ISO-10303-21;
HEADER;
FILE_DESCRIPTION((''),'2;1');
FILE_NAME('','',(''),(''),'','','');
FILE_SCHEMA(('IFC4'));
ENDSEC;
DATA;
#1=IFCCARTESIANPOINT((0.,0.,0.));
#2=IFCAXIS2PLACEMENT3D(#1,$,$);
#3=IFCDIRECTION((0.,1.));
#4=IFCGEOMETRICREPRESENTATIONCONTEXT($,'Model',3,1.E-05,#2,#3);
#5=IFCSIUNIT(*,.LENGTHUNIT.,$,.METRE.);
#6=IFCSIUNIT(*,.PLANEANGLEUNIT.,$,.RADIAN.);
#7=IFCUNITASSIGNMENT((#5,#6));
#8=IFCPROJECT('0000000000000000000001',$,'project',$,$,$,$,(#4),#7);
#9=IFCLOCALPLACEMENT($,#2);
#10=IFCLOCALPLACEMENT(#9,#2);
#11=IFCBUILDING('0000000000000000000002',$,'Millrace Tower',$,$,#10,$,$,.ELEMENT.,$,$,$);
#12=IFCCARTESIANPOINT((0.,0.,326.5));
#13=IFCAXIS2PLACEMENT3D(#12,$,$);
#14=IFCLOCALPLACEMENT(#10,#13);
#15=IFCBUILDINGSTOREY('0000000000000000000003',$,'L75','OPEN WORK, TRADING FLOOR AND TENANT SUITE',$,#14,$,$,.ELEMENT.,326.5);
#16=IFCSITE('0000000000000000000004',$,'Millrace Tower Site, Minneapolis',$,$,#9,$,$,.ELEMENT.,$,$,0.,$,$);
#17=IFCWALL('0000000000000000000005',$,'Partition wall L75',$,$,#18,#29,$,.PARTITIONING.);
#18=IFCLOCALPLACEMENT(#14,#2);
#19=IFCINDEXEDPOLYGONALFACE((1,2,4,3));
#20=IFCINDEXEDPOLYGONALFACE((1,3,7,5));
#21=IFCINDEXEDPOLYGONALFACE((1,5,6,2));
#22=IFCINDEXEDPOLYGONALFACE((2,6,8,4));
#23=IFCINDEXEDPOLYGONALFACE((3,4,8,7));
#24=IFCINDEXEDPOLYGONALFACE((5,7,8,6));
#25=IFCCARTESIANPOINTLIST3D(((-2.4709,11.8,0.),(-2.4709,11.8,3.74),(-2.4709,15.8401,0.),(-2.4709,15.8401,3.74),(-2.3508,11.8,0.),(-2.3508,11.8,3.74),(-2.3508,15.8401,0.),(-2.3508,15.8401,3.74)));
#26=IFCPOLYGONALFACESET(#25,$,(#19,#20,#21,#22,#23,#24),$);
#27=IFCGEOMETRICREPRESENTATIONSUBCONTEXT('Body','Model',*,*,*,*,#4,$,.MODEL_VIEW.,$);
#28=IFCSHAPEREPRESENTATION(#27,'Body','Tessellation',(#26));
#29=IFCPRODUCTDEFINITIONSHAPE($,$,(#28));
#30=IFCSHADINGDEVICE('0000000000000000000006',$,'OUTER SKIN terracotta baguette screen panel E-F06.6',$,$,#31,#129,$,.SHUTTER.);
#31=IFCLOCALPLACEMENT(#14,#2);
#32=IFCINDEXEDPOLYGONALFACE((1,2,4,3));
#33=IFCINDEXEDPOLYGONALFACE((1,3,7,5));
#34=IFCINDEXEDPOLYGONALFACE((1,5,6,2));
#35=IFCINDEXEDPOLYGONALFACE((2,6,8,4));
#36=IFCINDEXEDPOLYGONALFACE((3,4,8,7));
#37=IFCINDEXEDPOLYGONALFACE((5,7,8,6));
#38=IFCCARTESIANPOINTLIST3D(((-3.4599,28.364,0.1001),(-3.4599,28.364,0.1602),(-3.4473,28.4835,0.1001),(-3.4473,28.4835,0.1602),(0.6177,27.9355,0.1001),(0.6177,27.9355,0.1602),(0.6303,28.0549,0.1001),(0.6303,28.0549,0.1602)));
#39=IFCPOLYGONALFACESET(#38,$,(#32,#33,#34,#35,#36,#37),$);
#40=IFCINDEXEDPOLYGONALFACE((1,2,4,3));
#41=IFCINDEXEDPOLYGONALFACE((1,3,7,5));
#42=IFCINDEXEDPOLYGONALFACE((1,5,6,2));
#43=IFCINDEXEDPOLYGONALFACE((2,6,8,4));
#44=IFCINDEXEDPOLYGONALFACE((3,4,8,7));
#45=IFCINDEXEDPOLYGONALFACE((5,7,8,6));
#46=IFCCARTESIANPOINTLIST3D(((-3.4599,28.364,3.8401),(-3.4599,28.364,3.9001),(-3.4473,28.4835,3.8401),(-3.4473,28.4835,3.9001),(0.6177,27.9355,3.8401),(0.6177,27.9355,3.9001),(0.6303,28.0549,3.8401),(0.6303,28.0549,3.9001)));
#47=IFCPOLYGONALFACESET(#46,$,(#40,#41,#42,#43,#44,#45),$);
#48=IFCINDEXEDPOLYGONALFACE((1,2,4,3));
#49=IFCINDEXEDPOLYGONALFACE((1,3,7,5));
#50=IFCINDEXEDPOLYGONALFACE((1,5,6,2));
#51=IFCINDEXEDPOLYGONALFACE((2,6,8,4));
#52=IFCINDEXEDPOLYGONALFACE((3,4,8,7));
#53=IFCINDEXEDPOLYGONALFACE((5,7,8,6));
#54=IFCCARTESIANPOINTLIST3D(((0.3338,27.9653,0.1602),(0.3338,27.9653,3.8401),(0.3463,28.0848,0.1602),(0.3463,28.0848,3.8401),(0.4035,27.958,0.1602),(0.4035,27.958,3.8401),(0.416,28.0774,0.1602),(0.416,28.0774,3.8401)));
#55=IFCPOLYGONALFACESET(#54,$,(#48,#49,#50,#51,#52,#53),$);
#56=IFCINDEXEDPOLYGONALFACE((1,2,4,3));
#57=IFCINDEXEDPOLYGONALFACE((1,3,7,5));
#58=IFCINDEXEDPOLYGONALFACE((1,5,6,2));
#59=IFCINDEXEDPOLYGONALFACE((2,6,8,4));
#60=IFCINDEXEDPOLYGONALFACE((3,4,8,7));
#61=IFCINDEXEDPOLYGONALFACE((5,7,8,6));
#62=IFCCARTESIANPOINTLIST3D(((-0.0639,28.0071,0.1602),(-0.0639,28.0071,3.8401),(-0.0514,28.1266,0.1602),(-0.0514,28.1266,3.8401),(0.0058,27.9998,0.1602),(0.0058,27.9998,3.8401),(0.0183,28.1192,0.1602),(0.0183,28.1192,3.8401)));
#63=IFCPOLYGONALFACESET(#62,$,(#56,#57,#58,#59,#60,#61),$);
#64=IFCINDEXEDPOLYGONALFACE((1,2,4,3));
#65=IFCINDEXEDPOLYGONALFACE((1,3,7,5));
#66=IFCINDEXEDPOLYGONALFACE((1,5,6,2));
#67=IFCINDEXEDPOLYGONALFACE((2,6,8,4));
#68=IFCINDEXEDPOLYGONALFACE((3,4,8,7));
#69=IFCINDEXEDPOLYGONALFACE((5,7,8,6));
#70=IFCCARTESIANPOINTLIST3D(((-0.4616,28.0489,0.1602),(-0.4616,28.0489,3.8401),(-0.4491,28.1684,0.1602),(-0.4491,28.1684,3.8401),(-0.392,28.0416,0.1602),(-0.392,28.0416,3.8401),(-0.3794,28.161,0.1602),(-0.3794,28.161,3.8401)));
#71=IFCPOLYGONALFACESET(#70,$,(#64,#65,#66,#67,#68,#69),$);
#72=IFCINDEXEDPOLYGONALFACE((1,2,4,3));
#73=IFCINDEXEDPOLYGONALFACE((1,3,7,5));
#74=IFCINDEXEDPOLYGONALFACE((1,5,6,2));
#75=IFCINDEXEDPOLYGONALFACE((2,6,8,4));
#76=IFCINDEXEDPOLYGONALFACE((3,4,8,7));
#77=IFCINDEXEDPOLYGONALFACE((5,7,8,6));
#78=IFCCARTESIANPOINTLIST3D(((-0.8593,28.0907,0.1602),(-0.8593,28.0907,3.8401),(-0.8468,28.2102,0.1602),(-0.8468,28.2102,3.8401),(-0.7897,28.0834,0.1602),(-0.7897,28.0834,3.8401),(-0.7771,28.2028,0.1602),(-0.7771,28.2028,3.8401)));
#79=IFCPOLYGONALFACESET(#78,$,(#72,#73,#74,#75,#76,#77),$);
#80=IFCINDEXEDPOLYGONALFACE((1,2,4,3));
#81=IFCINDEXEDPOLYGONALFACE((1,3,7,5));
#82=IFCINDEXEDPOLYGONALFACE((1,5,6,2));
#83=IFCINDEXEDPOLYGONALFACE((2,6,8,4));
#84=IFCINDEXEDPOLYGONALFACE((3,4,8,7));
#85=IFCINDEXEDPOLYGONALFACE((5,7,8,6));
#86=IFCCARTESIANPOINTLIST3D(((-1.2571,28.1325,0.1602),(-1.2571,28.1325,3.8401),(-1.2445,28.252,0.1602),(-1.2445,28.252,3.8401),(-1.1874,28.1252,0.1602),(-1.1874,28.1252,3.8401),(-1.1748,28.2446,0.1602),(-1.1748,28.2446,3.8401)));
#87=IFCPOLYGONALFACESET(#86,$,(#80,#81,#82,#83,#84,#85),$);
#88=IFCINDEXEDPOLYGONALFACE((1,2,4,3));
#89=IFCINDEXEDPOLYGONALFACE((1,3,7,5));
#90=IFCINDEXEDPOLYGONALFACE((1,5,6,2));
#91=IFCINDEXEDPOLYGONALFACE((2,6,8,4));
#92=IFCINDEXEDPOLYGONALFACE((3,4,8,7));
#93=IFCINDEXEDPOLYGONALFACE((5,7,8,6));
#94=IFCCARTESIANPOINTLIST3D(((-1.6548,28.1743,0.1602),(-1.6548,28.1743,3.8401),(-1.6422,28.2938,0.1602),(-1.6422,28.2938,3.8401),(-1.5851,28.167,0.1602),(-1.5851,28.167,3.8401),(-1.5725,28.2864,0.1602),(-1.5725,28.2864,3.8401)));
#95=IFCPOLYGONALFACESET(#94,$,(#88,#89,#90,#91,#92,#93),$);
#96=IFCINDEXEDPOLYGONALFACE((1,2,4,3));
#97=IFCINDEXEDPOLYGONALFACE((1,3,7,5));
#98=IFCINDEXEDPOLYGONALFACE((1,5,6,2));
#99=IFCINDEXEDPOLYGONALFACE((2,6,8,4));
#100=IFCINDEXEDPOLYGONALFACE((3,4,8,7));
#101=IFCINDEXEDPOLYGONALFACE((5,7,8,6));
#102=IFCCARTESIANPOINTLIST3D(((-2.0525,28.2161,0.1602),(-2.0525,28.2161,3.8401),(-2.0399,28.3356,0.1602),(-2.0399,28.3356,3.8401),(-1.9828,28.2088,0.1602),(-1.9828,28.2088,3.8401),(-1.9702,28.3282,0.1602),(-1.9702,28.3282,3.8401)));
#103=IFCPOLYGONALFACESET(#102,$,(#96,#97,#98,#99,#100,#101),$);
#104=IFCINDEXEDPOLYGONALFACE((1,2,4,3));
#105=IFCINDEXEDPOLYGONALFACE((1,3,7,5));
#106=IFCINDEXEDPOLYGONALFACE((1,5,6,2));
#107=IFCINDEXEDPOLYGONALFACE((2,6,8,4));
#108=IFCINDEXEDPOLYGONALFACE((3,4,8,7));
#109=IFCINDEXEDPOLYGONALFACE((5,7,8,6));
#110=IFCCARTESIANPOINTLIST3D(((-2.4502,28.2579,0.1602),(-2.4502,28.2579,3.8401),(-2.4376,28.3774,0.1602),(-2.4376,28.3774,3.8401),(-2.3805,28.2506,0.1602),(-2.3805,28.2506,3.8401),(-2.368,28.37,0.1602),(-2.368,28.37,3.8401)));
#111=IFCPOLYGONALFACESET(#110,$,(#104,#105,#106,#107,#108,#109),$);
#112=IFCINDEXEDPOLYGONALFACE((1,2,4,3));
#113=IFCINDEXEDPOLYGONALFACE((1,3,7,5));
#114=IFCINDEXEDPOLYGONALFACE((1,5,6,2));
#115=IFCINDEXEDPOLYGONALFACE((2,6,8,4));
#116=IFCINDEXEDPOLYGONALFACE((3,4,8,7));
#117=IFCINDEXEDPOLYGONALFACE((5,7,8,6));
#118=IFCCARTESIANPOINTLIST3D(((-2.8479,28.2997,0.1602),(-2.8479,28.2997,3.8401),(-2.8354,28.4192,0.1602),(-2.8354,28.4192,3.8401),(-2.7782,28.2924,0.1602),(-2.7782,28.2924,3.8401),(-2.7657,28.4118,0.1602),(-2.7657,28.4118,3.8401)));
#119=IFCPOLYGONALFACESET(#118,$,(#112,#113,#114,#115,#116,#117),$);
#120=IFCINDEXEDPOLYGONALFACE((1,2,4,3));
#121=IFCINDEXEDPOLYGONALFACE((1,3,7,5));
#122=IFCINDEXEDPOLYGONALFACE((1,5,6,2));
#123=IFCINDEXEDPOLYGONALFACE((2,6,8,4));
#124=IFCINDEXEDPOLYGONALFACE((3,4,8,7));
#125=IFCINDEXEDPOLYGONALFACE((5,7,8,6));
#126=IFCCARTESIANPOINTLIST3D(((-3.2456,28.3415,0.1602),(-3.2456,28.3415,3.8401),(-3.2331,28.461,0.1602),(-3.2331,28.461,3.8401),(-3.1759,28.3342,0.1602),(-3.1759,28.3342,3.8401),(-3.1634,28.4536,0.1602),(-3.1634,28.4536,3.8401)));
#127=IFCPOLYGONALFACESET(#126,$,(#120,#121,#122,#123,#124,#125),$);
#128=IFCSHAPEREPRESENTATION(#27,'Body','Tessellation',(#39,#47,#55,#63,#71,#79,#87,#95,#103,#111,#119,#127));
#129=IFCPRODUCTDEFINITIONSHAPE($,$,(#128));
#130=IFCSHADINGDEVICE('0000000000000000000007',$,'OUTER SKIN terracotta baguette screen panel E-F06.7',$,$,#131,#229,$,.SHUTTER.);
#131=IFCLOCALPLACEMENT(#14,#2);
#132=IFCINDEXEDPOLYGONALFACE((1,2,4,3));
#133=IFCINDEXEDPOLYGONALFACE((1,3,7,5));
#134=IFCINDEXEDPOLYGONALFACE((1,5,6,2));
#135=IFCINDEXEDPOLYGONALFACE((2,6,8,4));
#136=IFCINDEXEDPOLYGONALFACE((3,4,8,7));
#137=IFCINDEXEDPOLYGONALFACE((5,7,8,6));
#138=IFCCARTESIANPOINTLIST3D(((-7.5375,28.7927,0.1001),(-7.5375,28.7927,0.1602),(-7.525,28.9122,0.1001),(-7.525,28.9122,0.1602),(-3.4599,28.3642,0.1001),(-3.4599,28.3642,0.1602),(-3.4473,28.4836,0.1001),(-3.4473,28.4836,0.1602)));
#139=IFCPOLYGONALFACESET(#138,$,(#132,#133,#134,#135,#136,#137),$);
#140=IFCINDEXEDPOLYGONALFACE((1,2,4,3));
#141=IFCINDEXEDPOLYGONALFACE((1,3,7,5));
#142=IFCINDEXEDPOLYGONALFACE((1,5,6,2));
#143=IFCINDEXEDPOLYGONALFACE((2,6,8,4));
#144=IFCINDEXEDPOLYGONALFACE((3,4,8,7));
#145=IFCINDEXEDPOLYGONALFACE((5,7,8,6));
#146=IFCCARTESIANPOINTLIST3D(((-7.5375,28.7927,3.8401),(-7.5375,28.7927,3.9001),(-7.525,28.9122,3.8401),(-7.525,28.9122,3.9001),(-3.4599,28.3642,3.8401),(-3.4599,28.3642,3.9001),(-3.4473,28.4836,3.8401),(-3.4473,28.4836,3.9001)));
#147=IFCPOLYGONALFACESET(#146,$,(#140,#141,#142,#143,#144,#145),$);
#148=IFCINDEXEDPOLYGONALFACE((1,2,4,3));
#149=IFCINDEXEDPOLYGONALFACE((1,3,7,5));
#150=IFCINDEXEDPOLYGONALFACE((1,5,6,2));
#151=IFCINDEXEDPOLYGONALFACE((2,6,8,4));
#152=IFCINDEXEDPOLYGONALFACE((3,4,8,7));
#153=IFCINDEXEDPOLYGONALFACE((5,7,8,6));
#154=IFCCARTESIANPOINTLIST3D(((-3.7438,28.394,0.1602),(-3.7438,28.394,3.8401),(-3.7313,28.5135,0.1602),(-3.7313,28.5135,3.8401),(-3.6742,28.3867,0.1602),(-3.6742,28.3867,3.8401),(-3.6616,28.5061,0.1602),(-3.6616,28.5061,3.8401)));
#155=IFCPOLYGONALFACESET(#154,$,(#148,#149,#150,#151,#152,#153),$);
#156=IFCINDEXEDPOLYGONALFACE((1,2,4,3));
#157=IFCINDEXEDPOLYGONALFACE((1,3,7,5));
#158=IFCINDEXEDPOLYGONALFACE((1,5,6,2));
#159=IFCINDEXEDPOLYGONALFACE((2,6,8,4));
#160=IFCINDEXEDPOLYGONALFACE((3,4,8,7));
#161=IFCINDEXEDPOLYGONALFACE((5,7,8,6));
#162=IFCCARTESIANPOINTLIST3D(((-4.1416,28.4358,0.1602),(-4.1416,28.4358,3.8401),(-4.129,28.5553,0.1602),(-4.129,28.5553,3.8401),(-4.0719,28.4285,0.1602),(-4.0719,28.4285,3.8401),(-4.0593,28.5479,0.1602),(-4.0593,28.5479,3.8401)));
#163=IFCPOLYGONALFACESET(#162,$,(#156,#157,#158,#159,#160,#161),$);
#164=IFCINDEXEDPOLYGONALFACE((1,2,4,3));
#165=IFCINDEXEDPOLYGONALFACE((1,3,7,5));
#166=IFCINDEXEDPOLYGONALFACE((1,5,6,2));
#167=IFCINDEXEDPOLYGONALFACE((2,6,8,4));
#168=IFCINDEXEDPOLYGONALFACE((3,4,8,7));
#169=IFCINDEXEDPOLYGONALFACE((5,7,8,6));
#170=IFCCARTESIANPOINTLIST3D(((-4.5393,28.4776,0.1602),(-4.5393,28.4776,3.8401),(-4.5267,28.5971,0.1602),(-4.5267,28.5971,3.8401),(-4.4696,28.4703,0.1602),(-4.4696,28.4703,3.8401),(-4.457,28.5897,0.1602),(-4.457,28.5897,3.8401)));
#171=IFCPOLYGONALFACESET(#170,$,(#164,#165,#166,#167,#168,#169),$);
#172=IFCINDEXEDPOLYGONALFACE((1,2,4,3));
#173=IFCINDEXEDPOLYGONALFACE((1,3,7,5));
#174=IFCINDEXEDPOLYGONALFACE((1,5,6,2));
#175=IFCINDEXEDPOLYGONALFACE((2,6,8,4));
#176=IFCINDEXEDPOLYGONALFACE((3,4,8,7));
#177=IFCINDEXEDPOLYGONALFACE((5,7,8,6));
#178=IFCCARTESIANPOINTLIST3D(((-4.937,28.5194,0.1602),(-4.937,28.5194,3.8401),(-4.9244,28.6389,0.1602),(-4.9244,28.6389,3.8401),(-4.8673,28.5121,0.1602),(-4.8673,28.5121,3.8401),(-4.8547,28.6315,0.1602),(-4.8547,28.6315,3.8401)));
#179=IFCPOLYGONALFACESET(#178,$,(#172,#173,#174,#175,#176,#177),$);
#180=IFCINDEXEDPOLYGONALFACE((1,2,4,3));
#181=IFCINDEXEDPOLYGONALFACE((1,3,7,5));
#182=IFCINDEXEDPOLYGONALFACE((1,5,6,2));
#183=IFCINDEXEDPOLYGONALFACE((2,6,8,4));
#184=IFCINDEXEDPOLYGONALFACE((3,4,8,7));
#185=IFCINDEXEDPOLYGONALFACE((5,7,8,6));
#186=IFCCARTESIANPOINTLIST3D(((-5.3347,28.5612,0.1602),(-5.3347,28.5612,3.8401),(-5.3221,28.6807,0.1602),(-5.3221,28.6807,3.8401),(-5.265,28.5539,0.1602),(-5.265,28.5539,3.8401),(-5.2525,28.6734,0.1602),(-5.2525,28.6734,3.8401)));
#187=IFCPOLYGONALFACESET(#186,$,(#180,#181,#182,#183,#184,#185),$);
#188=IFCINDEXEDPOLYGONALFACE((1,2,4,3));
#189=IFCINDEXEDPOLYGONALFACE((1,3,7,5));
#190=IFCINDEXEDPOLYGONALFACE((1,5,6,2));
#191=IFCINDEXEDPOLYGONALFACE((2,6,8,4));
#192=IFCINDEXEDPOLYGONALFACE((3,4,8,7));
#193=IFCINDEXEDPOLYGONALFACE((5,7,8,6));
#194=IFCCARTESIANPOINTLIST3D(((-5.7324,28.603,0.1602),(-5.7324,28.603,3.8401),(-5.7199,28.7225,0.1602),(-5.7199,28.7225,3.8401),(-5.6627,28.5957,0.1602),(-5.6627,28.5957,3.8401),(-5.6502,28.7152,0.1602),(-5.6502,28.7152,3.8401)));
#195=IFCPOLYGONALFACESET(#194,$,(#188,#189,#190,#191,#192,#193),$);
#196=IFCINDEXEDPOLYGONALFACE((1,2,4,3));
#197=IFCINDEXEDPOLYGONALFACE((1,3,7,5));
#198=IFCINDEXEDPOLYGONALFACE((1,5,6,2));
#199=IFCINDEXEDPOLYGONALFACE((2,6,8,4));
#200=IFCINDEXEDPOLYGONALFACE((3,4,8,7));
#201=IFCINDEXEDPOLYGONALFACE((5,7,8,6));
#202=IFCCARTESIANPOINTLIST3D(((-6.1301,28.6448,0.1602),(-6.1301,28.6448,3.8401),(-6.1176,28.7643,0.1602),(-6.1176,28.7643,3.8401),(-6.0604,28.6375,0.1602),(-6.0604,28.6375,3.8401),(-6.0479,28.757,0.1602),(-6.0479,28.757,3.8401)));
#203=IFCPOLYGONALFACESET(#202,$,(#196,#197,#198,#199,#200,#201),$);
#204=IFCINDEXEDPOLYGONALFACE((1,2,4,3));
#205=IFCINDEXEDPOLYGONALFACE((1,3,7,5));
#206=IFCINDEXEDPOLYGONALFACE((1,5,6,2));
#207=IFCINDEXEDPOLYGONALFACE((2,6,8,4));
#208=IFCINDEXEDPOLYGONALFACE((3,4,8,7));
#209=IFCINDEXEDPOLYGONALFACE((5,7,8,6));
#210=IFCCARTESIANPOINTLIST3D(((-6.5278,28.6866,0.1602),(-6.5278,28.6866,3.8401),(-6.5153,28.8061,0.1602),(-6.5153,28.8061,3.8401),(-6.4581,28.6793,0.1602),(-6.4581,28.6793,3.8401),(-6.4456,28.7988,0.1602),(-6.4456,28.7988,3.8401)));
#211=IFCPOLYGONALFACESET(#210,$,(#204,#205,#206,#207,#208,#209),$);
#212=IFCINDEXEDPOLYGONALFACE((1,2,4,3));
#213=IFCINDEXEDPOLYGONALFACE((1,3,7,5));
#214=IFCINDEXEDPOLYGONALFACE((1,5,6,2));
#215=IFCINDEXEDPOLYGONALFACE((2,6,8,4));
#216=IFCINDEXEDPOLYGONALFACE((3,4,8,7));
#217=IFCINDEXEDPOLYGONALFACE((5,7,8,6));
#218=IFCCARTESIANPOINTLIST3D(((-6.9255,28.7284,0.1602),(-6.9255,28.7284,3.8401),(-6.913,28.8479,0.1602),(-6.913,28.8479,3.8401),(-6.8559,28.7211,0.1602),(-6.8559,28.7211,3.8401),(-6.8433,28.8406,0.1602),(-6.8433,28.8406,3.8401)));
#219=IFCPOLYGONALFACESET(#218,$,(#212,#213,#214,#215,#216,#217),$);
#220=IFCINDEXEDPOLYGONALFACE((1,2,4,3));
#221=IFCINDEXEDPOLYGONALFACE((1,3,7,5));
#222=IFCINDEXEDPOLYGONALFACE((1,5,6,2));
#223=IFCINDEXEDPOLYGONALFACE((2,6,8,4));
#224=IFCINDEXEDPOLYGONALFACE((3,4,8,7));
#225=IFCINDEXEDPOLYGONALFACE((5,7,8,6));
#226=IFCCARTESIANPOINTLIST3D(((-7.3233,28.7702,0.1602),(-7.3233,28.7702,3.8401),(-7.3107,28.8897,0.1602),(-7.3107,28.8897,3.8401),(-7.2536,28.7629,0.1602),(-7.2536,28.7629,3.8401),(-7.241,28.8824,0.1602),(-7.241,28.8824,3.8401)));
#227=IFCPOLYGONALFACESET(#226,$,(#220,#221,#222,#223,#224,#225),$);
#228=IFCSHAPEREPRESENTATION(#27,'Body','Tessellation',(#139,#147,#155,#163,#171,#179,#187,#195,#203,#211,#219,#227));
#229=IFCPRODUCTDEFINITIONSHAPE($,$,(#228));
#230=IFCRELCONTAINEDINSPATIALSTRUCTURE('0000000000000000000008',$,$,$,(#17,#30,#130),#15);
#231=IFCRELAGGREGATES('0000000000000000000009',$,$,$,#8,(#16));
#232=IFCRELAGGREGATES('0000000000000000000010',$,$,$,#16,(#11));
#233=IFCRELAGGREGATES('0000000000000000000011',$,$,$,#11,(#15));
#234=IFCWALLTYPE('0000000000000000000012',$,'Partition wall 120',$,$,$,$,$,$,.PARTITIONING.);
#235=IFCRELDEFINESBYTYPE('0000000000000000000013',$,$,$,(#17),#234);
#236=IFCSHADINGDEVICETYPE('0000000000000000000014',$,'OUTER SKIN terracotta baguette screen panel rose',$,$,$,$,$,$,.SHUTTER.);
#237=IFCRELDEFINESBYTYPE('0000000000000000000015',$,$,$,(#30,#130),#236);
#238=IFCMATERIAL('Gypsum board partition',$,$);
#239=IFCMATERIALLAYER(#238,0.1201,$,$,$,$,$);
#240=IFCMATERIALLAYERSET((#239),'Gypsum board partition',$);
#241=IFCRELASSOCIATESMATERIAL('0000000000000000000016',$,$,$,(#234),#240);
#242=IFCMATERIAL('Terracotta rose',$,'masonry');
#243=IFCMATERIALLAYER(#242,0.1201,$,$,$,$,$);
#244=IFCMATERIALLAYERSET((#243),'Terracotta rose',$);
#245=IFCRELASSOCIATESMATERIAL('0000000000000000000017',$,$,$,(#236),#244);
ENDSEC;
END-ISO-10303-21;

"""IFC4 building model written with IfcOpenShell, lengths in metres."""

from ifc_helpers import new_model, entity, si_unit, direction, frame, frame_2d, origin, place, context, subcontext, project, spatial, rectangle, extrude, source, transform, mapped, material, layer, layer_set, type_object, element, save


model = new_model("IFC4")

# Units and contexts
model_context = context("Model", 3, precision=1e-05, world=origin(), true_north=direction((0.0, 1.0)))
body_context = subcontext(model_context, "Body", "Model", "MODEL_VIEW")
ifc_project = project(units=[si_unit("LENGTHUNIT", "METRE"), si_unit("PLANEANGLEUNIT", "RADIAN")], contexts=[model_context])

# Site, building, storey
site_placement = place(None, origin())
site = spatial("IfcSite", under=ifc_project, at=site_placement, Name="Millrace Tower Site, Minneapolis", CompositionType="ELEMENT", RefElevation=0.0)
building_placement = place(site_placement, origin())
building = spatial("IfcBuilding", under=site, at=building_placement, Name="Millrace Tower", CompositionType="ELEMENT")
storey_placement = place(building_placement, frame((0.0, 0.0, 326.5)))
storey = spatial("IfcBuildingStorey", under=building, at=storey_placement, Name="L75", Description="OPEN WORK, TRADING FLOOR AND TENANT SUITE", CompositionType="ELEMENT", Elevation=326.5)

# Wall
ifc_material_1 = material(Name="Gypsum board partition")
ifc_layer_1 = layer(ifc_material_1, 0.1201)
ifc_layer_set_1 = layer_set([ifc_layer_1], Name="Gypsum board partition")
wall_type_1 = type_object("IfcWallType", Name="Partition wall 120", PredefinedType="PARTITIONING", material=ifc_layer_set_1)
wall_1_placement = place(storey_placement, frame((-2.4109, 11.8, 0.0), z_axis=(0.0, 0.0, 1.0), x_axis=(0.0, 1.0, 0.0)))
element("IfcWall", 1, at=wall_1_placement, inside=storey, type_object=wall_type_1, Name="Partition wall L75", PredefinedType="PARTITIONING", context=body_context, shape_type="SweptSolid", body=[
    extrude(rectangle(XDim=4.04, YDim=0.1201, at=frame_2d((2.02, 0.0))), origin(), (0.0, 0.0, 1.0), 3.74),
])

# Shading devices
ifc_material_2 = material(Name="Terracotta rose", Category="masonry")
ifc_layer_2 = layer(ifc_material_2, 0.1201)
ifc_layer_set_2 = layer_set([ifc_layer_2], Name="Terracotta rose")
shading_device_type = type_object("IfcShadingDeviceType", Name="OUTER SKIN terracotta baguette screen panel rose", PredefinedType="SHUTTER", material=ifc_layer_set_2)
cartesian_point_1 = entity("IfcCartesianPoint", [-2.05, 0.0601])
shared_polyline_1 = entity("IfcPolyline", [cartesian_point_1, entity("IfcCartesianPoint", [2.05, 0.0601]), entity("IfcCartesianPoint", [2.05, -0.0601]), entity("IfcCartesianPoint", [-2.05, -0.0601]), cartesian_point_1])
shared_shape_1 = source(origin(), body_context, "Body", "SweptSolid", [
    entity("IfcExtrudedAreaSolid", entity("IfcArbitraryClosedProfileDef", "AREA", None, shared_polyline_1), entity("IfcAxis2Placement3D", entity("IfcCartesianPoint", [0.0, 0.0, 0.0])), entity("IfcDirection", [0.0, 0.0, 1.0]), 0.0601),
    entity("IfcExtrudedAreaSolid", entity("IfcArbitraryClosedProfileDef", "AREA", None, shared_polyline_1), entity("IfcAxis2Placement3D", entity("IfcCartesianPoint", [0.0, 0.0, 3.74])), entity("IfcDirection", [0.0, 0.0, 1.0]), 0.0601),
    extrude(rectangle(XDim=0.0701, YDim=0.1201, at=frame_2d((-1.7996, 0.0))), frame((0.0, 0.0, 0.0601)), (0.0, 0.0, 1.0), 3.6799),
    extrude(rectangle(XDim=0.0701, YDim=0.1201, at=frame_2d((-1.3997, 0.0))), frame((0.0, 0.0, 0.0601)), (0.0, 0.0, 1.0), 3.6799),
    extrude(rectangle(XDim=0.0701, YDim=0.1201, at=frame_2d((-0.9998, 0.0))), frame((0.0, 0.0, 0.0601)), (0.0, 0.0, 1.0), 3.6799),
    extrude(rectangle(XDim=0.0701, YDim=0.1201, at=frame_2d((-0.5999, 0.0))), frame((0.0, 0.0, 0.0601)), (0.0, 0.0, 1.0), 3.6799),
    extrude(rectangle(XDim=0.0701, YDim=0.1201, at=frame_2d((-0.2, 0.0))), frame((0.0, 0.0, 0.0601)), (0.0, 0.0, 1.0), 3.6799),
    extrude(rectangle(XDim=0.0701, YDim=0.1201, at=frame_2d((0.2, 0.0))), frame((0.0, 0.0, 0.0601)), (0.0, 0.0, 1.0), 3.6799),
    extrude(rectangle(XDim=0.0701, YDim=0.1201, at=frame_2d((0.5999, 0.0))), frame((0.0, 0.0, 0.0601)), (0.0, 0.0, 1.0), 3.6799),
    extrude(rectangle(XDim=0.0701, YDim=0.1201, at=frame_2d((0.9998, 0.0))), frame((0.0, 0.0, 0.0601)), (0.0, 0.0, 1.0), 3.6799),
    extrude(rectangle(XDim=0.0701, YDim=0.1201, at=frame_2d((1.3997, 0.0))), frame((0.0, 0.0, 0.0601)), (0.0, 0.0, 1.0), 3.6799),
    extrude(rectangle(XDim=0.0701, YDim=0.1201, at=frame_2d((1.7996, 0.0))), frame((0.0, 0.0, 0.0601)), (0.0, 0.0, 1.0), 3.6799),
])
for number, where, z_axis, x_axis, name in (
    (2, (-1.4148, 28.2095, 0.1001), (0.0, 0.0, 1.0), (-0.994522, 0.104528, 0.0), "OUTER SKIN terracotta baguette screen panel E-F06.6"),
    (3, (-5.4924, 28.6382, 0.1001), (0.0, 0.0, 1.0), (-0.994522, 0.104528, 0.0), "OUTER SKIN terracotta baguette screen panel E-F06.7"),
):
    element("IfcShadingDevice", number, at=place(storey_placement, frame(where, z_axis=z_axis, x_axis=x_axis)), inside=storey, type_object=shading_device_type, Name=name, PredefinedType="SHUTTER", context=body_context, shape_type="MappedRepresentation", body=[
        mapped(shared_shape_1, transform((0.0, 0.0, 0.0), scale=1.0)),
    ])

save(model, "model.ifc")
